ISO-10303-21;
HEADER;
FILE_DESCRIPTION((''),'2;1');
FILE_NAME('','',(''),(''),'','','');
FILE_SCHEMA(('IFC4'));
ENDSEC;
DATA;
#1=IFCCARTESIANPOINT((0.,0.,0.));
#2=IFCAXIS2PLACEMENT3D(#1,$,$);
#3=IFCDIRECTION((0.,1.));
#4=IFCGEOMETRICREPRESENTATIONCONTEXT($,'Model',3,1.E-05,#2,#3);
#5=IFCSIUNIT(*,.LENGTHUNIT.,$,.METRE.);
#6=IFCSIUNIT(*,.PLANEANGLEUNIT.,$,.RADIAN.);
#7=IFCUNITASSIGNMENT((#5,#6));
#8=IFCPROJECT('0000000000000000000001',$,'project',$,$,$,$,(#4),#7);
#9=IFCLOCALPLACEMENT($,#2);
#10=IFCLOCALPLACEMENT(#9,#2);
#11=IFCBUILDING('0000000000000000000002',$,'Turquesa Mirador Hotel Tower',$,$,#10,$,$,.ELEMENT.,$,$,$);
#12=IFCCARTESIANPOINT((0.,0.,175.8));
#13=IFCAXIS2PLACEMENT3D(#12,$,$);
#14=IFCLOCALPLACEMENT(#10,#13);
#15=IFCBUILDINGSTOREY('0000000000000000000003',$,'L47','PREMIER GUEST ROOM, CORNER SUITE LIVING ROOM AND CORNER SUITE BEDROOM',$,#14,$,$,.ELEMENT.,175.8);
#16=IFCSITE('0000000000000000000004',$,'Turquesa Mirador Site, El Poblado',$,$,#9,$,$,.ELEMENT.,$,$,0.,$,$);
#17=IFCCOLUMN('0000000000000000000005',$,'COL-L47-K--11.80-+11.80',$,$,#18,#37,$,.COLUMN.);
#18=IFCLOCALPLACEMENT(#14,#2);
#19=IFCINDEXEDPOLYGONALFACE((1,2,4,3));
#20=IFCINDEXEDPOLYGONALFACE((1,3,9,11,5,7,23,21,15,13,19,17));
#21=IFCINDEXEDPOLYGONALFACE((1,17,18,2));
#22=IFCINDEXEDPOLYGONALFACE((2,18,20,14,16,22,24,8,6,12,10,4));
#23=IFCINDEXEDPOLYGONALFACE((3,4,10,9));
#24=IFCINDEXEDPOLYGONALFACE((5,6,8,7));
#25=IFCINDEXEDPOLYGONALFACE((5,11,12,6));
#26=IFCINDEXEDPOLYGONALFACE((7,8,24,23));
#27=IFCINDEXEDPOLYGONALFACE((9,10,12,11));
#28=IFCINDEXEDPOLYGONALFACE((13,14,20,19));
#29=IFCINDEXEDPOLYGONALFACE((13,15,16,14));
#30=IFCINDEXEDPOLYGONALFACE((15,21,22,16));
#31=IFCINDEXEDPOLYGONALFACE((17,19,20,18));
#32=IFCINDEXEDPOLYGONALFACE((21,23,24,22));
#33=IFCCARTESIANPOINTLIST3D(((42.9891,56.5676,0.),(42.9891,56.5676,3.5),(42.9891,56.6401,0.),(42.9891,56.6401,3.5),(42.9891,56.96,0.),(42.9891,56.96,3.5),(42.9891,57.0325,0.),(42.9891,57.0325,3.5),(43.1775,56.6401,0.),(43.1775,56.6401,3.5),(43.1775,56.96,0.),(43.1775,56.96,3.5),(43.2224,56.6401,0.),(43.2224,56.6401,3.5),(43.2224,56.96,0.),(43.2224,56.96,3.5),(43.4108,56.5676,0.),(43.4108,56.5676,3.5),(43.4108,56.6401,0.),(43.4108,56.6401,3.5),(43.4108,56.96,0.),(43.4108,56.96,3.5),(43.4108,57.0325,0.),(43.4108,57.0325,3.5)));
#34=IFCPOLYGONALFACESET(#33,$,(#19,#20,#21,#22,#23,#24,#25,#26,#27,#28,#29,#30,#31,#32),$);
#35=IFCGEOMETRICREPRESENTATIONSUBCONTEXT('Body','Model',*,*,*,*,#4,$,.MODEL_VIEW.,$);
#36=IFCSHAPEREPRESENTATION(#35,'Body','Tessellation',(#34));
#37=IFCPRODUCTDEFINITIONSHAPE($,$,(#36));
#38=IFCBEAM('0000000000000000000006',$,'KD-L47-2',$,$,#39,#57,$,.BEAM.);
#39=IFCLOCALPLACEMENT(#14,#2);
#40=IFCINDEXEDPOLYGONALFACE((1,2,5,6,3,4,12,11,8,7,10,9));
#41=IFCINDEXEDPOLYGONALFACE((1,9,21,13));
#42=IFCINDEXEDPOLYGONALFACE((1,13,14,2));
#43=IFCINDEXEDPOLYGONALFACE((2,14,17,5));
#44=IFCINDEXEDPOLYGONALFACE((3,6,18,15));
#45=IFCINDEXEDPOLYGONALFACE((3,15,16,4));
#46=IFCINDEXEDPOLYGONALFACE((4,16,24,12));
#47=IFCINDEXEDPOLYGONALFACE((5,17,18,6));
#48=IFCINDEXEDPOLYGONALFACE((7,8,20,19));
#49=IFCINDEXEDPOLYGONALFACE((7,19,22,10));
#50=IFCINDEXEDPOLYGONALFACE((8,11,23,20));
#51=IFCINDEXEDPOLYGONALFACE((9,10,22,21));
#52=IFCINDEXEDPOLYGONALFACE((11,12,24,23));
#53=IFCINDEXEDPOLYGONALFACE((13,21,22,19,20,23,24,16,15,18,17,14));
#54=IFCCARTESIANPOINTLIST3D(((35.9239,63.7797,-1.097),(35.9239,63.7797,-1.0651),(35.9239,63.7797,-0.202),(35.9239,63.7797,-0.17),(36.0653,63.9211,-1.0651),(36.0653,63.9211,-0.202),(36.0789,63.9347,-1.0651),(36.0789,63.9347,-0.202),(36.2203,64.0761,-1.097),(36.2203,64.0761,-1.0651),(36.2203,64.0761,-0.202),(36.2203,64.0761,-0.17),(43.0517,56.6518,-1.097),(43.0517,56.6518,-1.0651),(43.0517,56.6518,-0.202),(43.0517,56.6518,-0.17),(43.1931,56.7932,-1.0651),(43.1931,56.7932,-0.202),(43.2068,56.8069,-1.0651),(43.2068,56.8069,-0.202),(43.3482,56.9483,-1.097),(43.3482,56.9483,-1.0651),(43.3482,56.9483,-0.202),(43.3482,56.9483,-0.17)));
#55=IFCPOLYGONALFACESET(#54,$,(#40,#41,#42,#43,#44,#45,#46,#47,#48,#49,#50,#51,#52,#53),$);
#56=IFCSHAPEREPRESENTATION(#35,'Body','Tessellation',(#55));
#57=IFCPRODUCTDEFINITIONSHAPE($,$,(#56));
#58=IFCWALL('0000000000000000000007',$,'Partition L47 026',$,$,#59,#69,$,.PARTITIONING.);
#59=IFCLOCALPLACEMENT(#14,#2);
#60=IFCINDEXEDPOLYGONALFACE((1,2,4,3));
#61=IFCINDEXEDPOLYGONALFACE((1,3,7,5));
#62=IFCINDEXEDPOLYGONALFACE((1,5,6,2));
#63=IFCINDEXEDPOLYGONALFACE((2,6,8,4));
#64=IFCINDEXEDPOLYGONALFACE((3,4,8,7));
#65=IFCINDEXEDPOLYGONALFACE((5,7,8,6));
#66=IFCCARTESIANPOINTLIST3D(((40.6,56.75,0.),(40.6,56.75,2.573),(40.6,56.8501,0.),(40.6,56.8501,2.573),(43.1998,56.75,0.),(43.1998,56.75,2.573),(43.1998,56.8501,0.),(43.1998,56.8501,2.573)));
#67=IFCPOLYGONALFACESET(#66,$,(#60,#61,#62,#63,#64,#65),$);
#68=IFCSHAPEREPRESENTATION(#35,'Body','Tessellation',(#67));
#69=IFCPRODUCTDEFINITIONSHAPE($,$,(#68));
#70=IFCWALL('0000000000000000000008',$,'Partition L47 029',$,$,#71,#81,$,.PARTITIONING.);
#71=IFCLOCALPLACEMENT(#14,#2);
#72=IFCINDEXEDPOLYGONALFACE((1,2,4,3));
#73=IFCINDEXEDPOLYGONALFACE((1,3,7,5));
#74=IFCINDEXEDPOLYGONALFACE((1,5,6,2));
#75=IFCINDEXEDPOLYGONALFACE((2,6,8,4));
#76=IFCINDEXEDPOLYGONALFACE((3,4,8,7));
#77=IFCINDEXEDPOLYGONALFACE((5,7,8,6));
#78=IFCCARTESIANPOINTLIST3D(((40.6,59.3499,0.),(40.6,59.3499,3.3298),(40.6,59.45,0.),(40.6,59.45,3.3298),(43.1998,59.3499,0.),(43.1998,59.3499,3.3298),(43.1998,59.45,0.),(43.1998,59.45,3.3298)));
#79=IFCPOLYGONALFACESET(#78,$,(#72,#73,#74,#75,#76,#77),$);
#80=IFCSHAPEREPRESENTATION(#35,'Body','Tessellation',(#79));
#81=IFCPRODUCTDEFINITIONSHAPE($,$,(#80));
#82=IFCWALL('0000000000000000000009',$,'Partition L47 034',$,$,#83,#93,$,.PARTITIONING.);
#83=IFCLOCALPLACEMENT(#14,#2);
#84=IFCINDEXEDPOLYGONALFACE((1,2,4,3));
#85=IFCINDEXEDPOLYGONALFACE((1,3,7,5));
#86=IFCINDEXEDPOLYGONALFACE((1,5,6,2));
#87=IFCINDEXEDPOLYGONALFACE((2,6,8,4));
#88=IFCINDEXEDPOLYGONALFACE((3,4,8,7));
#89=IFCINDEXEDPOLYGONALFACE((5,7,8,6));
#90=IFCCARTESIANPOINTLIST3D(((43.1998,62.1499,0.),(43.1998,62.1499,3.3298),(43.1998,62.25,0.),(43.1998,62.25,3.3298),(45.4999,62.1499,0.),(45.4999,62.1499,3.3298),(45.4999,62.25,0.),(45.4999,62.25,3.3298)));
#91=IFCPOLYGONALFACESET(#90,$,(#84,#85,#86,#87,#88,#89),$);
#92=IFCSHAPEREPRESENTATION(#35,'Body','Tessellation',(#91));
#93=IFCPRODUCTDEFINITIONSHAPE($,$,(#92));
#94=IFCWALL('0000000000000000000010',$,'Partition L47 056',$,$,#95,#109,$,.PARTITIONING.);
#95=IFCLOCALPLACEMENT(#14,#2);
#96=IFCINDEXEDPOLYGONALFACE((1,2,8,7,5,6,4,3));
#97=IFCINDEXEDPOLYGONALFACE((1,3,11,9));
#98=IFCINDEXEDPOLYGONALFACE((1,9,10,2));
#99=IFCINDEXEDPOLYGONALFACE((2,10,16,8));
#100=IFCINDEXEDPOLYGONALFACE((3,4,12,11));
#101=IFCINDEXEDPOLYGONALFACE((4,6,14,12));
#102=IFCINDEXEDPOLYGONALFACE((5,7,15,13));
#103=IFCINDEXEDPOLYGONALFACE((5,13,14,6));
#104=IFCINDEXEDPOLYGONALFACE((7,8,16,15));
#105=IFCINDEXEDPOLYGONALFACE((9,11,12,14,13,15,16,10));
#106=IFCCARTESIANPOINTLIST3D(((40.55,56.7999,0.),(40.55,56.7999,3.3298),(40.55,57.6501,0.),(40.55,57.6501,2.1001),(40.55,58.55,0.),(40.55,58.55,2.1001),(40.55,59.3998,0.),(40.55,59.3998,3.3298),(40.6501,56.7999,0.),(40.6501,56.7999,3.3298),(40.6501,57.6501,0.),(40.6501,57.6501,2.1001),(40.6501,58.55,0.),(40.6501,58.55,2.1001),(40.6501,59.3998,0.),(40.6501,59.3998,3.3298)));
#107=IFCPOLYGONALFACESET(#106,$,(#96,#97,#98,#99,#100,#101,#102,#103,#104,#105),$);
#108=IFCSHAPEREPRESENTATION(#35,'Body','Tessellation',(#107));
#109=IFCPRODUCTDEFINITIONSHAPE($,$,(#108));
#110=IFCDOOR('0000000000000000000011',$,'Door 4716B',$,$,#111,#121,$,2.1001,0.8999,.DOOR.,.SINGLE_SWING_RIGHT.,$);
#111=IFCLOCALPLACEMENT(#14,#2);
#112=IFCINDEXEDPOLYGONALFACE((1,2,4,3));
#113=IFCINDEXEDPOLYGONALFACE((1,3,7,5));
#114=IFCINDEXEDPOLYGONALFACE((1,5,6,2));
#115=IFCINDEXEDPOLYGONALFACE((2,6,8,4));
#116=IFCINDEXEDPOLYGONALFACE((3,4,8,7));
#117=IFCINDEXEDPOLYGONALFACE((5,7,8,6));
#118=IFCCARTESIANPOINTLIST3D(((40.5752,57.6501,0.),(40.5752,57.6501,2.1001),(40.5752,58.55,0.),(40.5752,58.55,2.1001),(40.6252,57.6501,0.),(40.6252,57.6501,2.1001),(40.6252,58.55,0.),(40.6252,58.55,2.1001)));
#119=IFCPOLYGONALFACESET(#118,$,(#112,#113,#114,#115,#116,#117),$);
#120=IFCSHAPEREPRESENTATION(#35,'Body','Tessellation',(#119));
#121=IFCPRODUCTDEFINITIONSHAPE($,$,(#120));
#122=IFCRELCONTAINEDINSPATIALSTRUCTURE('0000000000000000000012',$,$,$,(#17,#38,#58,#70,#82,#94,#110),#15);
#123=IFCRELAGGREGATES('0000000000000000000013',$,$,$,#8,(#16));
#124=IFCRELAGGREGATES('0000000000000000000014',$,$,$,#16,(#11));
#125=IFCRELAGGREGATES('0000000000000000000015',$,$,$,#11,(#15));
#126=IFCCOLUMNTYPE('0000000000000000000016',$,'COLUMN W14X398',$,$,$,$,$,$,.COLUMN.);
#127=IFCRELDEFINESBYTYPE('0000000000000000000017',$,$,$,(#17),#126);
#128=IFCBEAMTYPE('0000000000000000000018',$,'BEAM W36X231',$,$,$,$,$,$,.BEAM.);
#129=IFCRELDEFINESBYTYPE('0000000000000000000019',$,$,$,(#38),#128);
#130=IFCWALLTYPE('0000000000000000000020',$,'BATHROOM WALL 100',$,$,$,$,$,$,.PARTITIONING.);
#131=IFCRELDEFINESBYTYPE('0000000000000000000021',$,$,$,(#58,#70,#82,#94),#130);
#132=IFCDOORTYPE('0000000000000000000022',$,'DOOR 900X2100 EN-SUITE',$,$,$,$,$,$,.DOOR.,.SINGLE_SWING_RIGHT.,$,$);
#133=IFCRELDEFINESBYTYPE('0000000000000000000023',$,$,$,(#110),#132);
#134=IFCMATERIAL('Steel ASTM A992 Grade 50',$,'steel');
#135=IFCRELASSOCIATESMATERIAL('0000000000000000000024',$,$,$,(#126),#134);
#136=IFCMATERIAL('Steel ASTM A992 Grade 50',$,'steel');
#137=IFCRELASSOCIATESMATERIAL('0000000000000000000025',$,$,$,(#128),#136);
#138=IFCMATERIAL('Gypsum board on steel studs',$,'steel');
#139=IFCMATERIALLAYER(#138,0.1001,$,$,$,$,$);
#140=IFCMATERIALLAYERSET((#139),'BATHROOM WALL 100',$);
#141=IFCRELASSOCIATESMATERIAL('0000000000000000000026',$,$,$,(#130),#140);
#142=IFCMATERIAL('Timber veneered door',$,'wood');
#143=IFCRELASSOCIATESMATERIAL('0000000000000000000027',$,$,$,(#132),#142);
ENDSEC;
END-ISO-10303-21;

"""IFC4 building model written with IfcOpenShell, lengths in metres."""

from ifc_helpers import new_model, si_unit, direction, frame, frame_2d, origin, origin_2d, place, context, subcontext, project, spatial, rectangle, i_section, extrude, material, layer, layer_set, material_profile, profile_set, type_object, element, fill, save


model = new_model("IFC4")

# Units and contexts
model_context = context("Model", 3, precision=1e-05, world=origin(), true_north=direction((0.0, 1.0)))
body_context = subcontext(model_context, "Body", "Model", "MODEL_VIEW")
ifc_project = project(units=[si_unit("LENGTHUNIT", "METRE"), si_unit("PLANEANGLEUNIT", "RADIAN")], contexts=[model_context])

# Site, building, storey
site_placement = place(None, origin())
site = spatial("IfcSite", under=ifc_project, at=site_placement, Name="Turquesa Mirador Site, El Poblado", CompositionType="ELEMENT", RefElevation=0.0)
building_placement = place(site_placement, origin())
building = spatial("IfcBuilding", under=site, at=building_placement, Name="Turquesa Mirador Hotel Tower", CompositionType="ELEMENT")
storey_placement = place(building_placement, frame((0.0, 0.0, 175.8)))
storey = spatial("IfcBuildingStorey", under=building, at=storey_placement, Name="L47", Description="PREMIER GUEST ROOM, CORNER SUITE LIVING ROOM AND CORNER SUITE BEDROOM", CompositionType="ELEMENT", Elevation=175.8)

# Column
ifc_material_1 = material(Name="Steel ASTM A992 Grade 50", Category="steel")
ifc_material_profile_1 = material_profile(ifc_material_1, i_section(OverallWidth=0.4216, OverallDepth=0.4648, WebThickness=0.0449, FlangeThickness=0.0725, at=origin_2d()), Name="W14X398")
ifc_profile_set_1 = profile_set([ifc_material_profile_1], Name="Steel ASTM A992 Grade 50")
column_type = type_object("IfcColumnType", Name="COLUMN W14X398", PredefinedType="COLUMN", material=ifc_profile_set_1)
column_placement = place(storey_placement, frame((43.2, 56.8, 0.0), z_axis=(0.0, 0.0, 1.0), x_axis=(1.0, 0.0, 0.0)))
element("IfcColumn", 1, at=column_placement, inside=storey, type_object=column_type, Name="COL-L47-K--11.80-+11.80", PredefinedType="COLUMN", context=body_context, shape_type="SweptSolid", body=[
    extrude(i_section(OverallWidth=0.4216, OverallDepth=0.4648, WebThickness=0.0449, FlangeThickness=0.0725, at=origin_2d()), origin(), (0.0, 0.0, 1.0), 3.5),
])

# Beam
ifc_material_2 = material(Name="Steel ASTM A992 Grade 50", Category="steel")
ifc_material_profile_2 = material_profile(ifc_material_2, i_section(OverallWidth=0.4192, OverallDepth=0.927, WebThickness=0.0193, FlangeThickness=0.032, at=origin_2d()), Name="W36X231")
ifc_profile_set_2 = profile_set([ifc_material_profile_2], Name="Steel ASTM A992 Grade 50")
beam_type = type_object("IfcBeamType", Name="BEAM W36X231", PredefinedType="BEAM", material=ifc_profile_set_2)
beam_placement = place(storey_placement, frame((43.2, 56.8, -0.6335), z_axis=(-0.707107, 0.707107, 0.0), x_axis=(-0.707107, -0.707107, 0.0)))
element("IfcBeam", 2, at=beam_placement, inside=storey, type_object=beam_type, Name="KD-L47-2", PredefinedType="BEAM", context=body_context, shape_type="SweptSolid", body=[
    extrude(i_section(OverallWidth=0.4192, OverallDepth=0.927, WebThickness=0.0193, FlangeThickness=0.032, at=origin_2d()), origin(), (0.0, 0.0, 1.0), 10.0803),
])

# Walls
ifc_material_3 = material(Name="Gypsum board on steel studs", Category="steel")
ifc_layer_1 = layer(ifc_material_3, 0.1001)
ifc_layer_set_1 = layer_set([ifc_layer_1], Name="BATHROOM WALL 100")
wall_type_1 = type_object("IfcWallType", Name="BATHROOM WALL 100", PredefinedType="PARTITIONING", material=ifc_layer_set_1)
wall_1_placement = place(storey_placement, frame((40.6001, 56.8, 0.0), z_axis=(0.0, 0.0, 1.0), x_axis=(1.0, 0.0, 0.0)))
element("IfcWall", 3, at=wall_1_placement, inside=storey, type_object=wall_type_1, Name="Partition L47 026", PredefinedType="PARTITIONING", context=body_context, shape_type="SweptSolid", body=[
    extrude(rectangle(XDim=2.5999, YDim=0.1001, at=frame_2d((1.2998, 0.0))), origin(), (0.0, 0.0, 1.0), 2.573),
])
wall_2_placement = place(storey_placement, frame((40.6001, 59.3999, 0.0), z_axis=(0.0, 0.0, 1.0), x_axis=(1.0, 0.0, 0.0)))
element("IfcWall", 4, at=wall_2_placement, inside=storey, type_object=wall_type_1, Name="Partition L47 029", PredefinedType="PARTITIONING", context=body_context, shape_type="SweptSolid", body=[
    extrude(rectangle(XDim=2.5999, YDim=0.1001, at=frame_2d((1.2998, 0.0))), origin(), (0.0, 0.0, 1.0), 3.3298),
])
wall_3_placement = place(storey_placement, frame((43.2, 62.2, 0.0), z_axis=(0.0, 0.0, 1.0), x_axis=(1.0, 0.0, 0.0)))
element("IfcWall", 5, at=wall_3_placement, inside=storey, type_object=wall_type_1, Name="Partition L47 034", PredefinedType="PARTITIONING", context=body_context, shape_type="SweptSolid", body=[
    extrude(rectangle(XDim=2.3, YDim=0.1001, at=frame_2d((1.1499, 0.0))), origin(), (0.0, 0.0, 1.0), 3.3298),
])

# Wall, opening, door
wall_4_placement = place(storey_placement, frame((40.6001, 56.8, 0.0), z_axis=(0.0, 0.0, 1.0), x_axis=(0.0, 1.0, 0.0)))
wall_4 = element("IfcWall", 6, at=wall_4_placement, inside=storey, type_object=wall_type_1, Name="Partition L47 056", PredefinedType="PARTITIONING", context=body_context, shape_type="SweptSolid", body=[
    extrude(rectangle(XDim=2.5999, YDim=0.1001, at=frame_2d((1.2998, 0.0))), origin(), (0.0, 0.0, 1.0), 3.3298),
])
opening_1_placement = place(wall_4_placement, frame((0.8501, 0.0, 0.0)))
opening_1 = element("IfcOpeningElement", 7, at=opening_1_placement, cuts=wall_4, PredefinedType="OPENING", context=body_context, shape_type="SweptSolid", body=[
    extrude(rectangle(XDim=0.8999, YDim=2.1001, at=frame_2d((0.45, 1.05))), frame((0.0, 0.0601, 0.0), z_axis=(0.0, -1.0, 0.0), x_axis=(1.0, 0.0, 0.0)), (0.0, 0.0, 1.0), 0.1201),
])
ifc_material_4 = material(Name="Timber veneered door", Category="wood")
door_type_1 = type_object("IfcDoorType", Name="DOOR 900X2100 EN-SUITE", OperationType="SINGLE_SWING_RIGHT", PredefinedType="DOOR", material=ifc_material_4)
door_1_placement = place(opening_1_placement, origin())
door_1 = element("IfcDoor", 8, at=door_1_placement, inside=storey, type_object=door_type_1, Name="Door 4716B", OperationType="SINGLE_SWING_RIGHT", OverallHeight=2.1001, OverallWidth=0.8999, PredefinedType="DOOR", context=body_context, shape_type="SweptSolid", body=[
    extrude(rectangle(XDim=0.8999, YDim=2.1001, at=frame_2d((0.45, 1.05))), frame((0.0, 0.0249, 0.0), z_axis=(0.0, -1.0, 0.0), x_axis=(1.0, 0.0, 0.0)), (0.0, 0.0, 1.0), 0.05),
])
fill(opening_1, door_1)

save(model, "model.ifc")
